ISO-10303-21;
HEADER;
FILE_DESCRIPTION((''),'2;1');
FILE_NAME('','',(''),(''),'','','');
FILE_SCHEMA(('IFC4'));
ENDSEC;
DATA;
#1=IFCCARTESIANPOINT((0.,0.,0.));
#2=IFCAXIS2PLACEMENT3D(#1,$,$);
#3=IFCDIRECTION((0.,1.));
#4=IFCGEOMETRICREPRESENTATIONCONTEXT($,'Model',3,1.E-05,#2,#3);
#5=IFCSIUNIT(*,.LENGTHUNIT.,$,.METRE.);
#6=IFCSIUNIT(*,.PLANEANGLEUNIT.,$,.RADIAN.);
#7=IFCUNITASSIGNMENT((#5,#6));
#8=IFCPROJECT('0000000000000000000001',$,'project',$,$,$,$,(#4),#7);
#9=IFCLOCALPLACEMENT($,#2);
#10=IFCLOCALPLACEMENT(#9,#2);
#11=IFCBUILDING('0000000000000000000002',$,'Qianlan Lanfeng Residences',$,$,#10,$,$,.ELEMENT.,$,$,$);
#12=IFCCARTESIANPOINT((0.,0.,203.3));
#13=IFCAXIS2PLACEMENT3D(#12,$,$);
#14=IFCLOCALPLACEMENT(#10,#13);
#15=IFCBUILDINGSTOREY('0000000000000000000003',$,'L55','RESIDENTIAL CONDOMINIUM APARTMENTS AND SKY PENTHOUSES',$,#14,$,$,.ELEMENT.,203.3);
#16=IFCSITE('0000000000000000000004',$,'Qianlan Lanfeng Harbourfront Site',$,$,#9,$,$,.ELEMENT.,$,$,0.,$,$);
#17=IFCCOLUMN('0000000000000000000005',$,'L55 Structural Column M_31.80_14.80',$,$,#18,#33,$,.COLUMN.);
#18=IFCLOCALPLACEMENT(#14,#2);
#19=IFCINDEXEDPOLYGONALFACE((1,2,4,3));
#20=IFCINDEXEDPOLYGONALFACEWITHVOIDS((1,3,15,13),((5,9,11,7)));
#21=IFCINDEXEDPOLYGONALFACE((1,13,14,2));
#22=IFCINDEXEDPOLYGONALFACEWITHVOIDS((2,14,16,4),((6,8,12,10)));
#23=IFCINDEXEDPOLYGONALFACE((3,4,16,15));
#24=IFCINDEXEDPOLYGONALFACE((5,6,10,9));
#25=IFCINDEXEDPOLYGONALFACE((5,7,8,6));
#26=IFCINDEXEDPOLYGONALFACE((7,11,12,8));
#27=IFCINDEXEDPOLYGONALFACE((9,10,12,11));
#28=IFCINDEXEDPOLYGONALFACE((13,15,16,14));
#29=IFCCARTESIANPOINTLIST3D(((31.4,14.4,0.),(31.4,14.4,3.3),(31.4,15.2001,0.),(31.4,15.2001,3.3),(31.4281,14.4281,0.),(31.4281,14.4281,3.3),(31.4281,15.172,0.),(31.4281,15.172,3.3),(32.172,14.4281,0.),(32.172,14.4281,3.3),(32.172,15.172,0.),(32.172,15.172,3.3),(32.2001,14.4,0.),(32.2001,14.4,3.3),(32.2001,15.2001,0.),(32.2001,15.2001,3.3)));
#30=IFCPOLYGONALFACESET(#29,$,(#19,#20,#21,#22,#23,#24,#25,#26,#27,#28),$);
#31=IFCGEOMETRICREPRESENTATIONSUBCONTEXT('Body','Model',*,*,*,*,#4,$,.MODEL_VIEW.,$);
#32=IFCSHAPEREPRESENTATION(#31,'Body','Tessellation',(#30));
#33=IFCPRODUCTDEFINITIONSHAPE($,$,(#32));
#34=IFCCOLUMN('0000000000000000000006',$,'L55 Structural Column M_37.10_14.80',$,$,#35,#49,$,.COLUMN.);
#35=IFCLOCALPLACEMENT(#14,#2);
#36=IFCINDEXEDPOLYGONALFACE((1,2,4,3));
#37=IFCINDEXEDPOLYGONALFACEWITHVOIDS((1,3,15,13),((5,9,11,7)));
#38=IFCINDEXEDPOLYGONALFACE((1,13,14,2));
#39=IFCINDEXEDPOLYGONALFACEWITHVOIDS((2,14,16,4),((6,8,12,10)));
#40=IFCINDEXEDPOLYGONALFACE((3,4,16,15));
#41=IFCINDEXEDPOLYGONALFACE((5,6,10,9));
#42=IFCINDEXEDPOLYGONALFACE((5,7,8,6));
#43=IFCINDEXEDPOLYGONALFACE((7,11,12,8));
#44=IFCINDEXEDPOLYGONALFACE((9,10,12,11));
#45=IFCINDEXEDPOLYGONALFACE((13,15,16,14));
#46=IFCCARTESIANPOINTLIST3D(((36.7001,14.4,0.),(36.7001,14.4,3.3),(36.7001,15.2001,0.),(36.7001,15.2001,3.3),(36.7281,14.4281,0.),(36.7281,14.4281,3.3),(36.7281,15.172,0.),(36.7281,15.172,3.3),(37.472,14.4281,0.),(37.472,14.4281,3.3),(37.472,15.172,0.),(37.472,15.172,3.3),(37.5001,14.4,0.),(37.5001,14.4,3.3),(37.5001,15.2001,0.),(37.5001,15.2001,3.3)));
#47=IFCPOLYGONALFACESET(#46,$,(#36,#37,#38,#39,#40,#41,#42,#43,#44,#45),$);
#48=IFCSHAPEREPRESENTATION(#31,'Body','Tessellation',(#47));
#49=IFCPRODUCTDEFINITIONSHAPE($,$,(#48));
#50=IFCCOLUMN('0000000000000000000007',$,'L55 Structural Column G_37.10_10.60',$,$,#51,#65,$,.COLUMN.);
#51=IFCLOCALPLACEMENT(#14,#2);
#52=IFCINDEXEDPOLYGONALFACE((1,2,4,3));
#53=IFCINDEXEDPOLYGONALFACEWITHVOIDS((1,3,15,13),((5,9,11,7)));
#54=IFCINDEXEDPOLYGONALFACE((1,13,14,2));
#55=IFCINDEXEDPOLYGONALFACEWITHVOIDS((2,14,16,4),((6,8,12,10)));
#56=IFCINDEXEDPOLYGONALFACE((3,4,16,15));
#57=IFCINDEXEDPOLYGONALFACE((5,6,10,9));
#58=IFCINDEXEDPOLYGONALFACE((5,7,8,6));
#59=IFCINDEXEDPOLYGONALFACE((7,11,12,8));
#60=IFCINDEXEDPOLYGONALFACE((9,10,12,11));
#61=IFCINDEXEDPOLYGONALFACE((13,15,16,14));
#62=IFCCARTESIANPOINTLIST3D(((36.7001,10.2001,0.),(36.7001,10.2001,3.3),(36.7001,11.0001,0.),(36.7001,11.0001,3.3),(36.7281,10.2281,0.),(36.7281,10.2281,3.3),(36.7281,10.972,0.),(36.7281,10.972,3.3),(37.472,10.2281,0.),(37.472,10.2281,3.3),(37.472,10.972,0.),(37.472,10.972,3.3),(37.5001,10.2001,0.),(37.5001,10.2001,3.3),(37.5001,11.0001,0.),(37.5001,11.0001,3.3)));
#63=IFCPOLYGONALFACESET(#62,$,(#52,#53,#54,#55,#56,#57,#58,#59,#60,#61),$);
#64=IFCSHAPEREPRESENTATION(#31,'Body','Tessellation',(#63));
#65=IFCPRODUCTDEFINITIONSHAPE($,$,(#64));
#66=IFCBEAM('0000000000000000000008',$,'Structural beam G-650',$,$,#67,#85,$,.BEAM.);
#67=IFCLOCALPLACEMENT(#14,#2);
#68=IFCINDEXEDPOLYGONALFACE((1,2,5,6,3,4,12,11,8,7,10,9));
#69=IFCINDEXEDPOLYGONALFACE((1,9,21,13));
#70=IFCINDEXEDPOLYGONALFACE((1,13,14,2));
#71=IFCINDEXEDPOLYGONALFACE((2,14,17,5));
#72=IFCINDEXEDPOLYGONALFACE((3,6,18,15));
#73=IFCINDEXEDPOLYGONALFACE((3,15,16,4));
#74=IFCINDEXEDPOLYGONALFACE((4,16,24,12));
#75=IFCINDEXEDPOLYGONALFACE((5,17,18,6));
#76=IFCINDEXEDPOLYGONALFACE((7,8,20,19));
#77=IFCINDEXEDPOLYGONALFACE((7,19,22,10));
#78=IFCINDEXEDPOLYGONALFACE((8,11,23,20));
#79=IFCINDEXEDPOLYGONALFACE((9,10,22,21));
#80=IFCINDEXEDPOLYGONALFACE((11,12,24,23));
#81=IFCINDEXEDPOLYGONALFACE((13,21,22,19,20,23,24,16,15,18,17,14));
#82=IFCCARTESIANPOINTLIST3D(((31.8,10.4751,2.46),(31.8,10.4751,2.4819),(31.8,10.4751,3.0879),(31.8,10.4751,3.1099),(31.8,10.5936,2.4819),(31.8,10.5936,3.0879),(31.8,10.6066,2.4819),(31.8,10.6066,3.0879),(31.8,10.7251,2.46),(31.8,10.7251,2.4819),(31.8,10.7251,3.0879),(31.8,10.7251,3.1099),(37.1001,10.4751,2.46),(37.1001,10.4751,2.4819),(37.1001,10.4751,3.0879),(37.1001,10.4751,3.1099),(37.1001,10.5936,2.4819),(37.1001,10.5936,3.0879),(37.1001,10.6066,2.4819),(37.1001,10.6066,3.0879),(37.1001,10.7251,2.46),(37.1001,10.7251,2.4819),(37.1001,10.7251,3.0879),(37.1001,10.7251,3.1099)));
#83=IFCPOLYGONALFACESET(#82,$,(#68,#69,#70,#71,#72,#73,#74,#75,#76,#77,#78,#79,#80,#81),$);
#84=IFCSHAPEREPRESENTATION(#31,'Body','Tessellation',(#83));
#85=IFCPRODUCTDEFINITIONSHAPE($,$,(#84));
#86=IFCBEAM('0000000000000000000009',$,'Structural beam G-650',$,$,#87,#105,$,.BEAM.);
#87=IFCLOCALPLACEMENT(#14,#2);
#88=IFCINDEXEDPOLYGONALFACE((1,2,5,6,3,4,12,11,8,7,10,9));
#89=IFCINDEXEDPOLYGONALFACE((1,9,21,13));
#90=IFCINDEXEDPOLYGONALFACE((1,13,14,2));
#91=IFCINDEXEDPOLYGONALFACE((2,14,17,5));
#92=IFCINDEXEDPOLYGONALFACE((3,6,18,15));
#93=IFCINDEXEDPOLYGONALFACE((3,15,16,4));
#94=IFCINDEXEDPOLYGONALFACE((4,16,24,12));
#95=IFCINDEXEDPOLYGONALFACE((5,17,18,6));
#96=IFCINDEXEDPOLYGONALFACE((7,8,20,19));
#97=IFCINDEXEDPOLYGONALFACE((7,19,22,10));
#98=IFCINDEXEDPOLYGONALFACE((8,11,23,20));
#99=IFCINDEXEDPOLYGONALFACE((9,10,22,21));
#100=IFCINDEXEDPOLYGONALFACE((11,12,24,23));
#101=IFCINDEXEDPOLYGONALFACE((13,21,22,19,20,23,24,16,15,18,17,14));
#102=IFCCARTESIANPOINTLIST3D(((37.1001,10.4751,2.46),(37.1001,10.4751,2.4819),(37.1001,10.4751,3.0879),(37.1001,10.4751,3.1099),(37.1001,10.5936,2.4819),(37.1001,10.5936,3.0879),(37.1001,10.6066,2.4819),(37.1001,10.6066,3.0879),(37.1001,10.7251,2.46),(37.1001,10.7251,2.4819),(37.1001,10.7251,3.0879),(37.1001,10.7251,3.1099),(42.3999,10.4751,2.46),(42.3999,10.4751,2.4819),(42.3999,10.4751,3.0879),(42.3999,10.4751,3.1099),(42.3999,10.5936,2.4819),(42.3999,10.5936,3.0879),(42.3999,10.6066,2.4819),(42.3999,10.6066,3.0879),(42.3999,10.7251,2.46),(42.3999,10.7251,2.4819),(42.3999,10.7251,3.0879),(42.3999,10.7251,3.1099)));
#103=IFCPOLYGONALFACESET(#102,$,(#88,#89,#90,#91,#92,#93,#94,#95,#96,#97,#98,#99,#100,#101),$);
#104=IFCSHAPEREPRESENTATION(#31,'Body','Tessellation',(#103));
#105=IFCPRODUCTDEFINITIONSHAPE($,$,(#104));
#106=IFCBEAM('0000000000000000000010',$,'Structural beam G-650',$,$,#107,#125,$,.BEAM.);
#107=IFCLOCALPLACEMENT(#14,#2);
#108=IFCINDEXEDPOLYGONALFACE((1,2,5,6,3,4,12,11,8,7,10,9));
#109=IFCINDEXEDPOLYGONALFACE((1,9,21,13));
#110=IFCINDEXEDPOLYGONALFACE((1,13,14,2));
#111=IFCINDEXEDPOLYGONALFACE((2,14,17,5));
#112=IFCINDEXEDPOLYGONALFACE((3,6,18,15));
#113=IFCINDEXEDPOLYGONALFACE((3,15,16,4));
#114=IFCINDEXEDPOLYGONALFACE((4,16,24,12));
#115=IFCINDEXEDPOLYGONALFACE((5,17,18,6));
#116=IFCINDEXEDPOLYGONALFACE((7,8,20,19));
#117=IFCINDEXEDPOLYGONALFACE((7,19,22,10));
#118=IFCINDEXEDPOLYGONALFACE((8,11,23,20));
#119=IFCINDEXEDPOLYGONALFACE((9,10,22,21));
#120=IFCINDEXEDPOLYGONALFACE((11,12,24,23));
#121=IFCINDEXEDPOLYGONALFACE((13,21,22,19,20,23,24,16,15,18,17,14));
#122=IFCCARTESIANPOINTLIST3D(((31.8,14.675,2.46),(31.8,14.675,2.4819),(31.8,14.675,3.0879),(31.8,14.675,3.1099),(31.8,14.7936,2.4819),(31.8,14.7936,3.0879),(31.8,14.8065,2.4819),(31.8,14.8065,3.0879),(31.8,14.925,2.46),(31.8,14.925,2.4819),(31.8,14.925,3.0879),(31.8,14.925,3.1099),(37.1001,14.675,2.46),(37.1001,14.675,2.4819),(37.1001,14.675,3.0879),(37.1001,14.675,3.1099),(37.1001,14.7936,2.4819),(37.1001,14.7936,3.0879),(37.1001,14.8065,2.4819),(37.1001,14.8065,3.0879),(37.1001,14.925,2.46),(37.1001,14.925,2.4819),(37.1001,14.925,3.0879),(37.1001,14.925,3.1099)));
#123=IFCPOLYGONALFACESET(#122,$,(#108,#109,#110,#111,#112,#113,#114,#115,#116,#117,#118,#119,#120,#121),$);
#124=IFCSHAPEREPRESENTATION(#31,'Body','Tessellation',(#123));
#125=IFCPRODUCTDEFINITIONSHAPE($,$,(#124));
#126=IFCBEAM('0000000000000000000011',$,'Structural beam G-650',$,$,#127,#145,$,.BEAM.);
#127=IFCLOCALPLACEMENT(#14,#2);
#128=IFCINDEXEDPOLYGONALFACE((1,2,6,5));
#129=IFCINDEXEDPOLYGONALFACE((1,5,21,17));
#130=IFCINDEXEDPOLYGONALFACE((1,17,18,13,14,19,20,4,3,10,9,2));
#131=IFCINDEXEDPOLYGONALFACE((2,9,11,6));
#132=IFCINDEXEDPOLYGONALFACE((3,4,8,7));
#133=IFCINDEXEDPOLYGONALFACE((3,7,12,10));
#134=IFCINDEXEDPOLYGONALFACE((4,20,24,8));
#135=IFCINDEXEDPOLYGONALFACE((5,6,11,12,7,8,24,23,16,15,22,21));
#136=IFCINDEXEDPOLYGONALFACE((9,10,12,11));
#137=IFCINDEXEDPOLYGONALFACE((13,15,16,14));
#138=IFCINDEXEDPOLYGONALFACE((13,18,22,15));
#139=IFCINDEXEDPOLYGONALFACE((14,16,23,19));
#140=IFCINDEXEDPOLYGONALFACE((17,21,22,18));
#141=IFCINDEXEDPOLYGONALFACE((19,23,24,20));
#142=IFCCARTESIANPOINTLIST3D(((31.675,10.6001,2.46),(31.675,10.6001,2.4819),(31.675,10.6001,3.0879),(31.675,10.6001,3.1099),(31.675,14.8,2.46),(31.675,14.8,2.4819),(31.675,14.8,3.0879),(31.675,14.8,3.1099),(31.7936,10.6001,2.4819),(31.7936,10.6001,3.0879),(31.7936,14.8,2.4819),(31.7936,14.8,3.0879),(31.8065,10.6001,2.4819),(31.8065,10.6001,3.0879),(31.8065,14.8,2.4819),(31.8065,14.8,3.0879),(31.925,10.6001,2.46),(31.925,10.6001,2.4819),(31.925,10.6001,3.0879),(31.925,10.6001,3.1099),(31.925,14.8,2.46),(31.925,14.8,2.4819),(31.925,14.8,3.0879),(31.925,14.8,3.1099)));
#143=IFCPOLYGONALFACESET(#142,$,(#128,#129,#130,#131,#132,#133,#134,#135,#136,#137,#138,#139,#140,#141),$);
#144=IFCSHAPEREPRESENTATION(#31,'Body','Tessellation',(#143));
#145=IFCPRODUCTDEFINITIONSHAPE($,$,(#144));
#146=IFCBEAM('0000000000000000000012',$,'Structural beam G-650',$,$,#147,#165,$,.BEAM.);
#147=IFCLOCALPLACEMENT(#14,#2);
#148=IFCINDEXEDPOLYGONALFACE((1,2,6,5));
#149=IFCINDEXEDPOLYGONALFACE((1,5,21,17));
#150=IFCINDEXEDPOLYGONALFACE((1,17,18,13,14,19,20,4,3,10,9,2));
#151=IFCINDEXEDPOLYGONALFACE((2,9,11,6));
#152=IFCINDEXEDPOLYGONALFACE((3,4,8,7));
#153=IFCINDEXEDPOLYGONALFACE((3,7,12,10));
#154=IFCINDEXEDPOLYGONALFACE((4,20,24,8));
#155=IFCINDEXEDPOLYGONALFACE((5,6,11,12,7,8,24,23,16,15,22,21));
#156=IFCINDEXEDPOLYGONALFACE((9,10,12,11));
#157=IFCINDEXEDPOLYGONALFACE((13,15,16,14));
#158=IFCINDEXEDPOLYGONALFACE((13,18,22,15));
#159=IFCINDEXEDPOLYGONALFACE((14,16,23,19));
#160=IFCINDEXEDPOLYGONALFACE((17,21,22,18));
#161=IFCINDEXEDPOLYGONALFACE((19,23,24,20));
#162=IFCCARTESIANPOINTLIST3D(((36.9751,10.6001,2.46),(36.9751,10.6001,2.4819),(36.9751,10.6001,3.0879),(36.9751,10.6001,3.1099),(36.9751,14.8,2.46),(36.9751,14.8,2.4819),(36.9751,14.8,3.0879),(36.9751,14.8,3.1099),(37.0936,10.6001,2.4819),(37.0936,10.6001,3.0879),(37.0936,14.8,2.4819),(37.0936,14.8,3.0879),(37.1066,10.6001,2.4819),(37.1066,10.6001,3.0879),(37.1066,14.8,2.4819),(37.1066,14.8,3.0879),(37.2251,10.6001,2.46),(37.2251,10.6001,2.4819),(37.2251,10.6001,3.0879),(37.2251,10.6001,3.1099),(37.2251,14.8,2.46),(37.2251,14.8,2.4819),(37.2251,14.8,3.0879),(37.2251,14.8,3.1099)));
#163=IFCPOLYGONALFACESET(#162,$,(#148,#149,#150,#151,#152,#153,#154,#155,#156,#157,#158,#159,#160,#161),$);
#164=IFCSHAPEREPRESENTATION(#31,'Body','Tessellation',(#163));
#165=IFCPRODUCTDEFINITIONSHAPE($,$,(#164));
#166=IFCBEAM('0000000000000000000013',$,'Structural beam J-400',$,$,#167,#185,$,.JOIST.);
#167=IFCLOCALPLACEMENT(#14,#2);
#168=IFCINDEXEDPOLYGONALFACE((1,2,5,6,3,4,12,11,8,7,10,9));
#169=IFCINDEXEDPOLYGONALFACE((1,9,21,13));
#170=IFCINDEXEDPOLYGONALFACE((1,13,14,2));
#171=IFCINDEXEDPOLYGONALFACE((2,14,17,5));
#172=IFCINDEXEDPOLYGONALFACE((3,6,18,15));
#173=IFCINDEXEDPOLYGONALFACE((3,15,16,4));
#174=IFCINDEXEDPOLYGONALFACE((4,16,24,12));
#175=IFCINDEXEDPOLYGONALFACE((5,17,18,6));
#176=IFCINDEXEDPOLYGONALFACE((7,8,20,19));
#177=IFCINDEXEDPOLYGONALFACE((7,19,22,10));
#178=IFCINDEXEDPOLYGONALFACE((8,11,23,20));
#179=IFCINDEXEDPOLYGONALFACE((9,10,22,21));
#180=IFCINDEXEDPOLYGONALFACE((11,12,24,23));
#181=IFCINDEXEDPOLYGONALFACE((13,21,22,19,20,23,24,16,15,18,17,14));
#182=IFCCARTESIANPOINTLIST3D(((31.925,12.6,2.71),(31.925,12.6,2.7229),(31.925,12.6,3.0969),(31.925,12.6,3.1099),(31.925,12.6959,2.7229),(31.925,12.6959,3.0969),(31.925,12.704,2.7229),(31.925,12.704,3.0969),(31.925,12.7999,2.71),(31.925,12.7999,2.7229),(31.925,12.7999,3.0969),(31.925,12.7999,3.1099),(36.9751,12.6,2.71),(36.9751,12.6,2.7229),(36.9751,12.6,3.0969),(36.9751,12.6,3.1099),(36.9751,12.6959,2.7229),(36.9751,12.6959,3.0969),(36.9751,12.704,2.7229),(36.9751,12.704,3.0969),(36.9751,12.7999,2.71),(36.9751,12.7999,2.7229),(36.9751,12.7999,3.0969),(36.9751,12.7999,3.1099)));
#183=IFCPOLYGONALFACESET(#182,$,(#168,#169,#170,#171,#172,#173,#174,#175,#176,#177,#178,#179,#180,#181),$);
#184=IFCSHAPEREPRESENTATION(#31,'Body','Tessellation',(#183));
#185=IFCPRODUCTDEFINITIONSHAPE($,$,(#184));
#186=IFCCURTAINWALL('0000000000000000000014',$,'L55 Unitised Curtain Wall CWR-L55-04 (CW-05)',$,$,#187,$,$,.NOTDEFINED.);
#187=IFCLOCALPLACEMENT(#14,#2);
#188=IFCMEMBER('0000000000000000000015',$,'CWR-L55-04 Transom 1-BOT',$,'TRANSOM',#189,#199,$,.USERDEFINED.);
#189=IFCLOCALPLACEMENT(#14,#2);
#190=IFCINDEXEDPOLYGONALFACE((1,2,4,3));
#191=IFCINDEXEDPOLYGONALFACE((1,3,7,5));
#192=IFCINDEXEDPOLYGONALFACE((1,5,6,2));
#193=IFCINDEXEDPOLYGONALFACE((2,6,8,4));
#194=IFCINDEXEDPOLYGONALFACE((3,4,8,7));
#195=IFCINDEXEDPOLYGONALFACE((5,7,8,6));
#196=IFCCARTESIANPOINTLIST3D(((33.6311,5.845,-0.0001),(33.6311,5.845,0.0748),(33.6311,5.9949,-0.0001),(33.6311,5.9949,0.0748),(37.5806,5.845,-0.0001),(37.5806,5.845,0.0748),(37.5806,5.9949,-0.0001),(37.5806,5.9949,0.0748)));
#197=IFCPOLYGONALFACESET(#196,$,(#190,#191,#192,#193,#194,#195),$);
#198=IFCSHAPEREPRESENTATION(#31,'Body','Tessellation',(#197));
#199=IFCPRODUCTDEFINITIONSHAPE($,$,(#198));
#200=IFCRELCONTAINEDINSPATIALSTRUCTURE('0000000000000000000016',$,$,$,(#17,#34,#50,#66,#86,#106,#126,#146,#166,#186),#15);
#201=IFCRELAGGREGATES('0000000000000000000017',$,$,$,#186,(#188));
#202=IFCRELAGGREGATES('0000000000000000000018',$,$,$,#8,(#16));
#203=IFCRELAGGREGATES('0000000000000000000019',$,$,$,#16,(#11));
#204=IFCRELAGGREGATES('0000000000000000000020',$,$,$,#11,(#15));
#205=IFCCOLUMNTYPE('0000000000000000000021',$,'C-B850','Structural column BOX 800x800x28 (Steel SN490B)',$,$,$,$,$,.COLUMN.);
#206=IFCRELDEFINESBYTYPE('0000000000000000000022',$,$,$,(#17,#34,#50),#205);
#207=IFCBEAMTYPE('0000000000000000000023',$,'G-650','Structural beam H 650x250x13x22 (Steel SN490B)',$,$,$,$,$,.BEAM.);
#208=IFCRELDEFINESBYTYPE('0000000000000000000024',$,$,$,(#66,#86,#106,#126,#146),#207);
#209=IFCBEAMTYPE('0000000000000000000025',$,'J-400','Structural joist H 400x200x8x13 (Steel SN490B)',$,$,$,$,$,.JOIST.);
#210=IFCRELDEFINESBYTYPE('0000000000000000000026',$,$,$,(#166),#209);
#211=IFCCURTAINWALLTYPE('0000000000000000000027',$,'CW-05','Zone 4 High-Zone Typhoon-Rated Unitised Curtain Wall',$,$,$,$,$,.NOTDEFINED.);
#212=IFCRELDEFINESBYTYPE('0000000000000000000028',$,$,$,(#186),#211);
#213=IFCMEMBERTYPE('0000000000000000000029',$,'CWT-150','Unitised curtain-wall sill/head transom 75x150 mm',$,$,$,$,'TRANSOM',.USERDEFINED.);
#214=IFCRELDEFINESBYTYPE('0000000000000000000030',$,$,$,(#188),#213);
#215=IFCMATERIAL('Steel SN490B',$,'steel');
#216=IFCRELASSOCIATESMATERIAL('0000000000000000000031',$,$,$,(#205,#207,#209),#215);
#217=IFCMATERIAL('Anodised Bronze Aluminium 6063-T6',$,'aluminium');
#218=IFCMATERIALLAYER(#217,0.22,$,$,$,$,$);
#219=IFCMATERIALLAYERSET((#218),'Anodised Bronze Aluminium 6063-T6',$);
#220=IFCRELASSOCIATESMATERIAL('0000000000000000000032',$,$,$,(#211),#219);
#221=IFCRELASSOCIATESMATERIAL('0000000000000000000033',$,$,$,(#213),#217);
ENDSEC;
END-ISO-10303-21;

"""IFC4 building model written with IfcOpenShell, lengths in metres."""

from ifc_helpers import new_model, si_unit, direction, frame, origin, origin_2d, place, context, subcontext, project, spatial, rectangle, hollow_rectangle, i_section, extrude, source, transform, mapped, material, layer, layer_set, material_profile, profile_set, type_object, element, aggregate, save


model = new_model("IFC4")

# Units and contexts
model_context = context("Model", 3, precision=1e-05, world=origin(), true_north=direction((0.0, 1.0)))
body_context = subcontext(model_context, "Body", "Model", "MODEL_VIEW")
ifc_project = project(units=[si_unit("LENGTHUNIT", "METRE"), si_unit("PLANEANGLEUNIT", "RADIAN")], contexts=[model_context])

# Site, building, storey
site_placement = place(None, origin())
site = spatial("IfcSite", under=ifc_project, at=site_placement, Name="Qianlan Lanfeng Harbourfront Site", CompositionType="ELEMENT", RefElevation=0.0)
building_placement = place(site_placement, origin())
building = spatial("IfcBuilding", under=site, at=building_placement, Name="Qianlan Lanfeng Residences", CompositionType="ELEMENT")
storey_placement = place(building_placement, frame((0.0, 0.0, 203.3)))
storey = spatial("IfcBuildingStorey", under=building, at=storey_placement, Name="L55", Description="RESIDENTIAL CONDOMINIUM APARTMENTS AND SKY PENTHOUSES", CompositionType="ELEMENT", Elevation=203.3)

# Columns
ifc_material_1 = material(Name="Steel SN490B", Category="steel")
ifc_material_profile_1 = material_profile(ifc_material_1, hollow_rectangle(XDim=0.8, YDim=0.8, WallThickness=0.0281, at=origin_2d()), Name="BOX 800x800x28")
ifc_profile_set_1 = profile_set([ifc_material_profile_1], Name="Steel SN490B")
column_type = type_object("IfcColumnType", Name="C-B850", Description="Structural column BOX 800x800x28 (Steel SN490B)", PredefinedType="COLUMN", material=ifc_profile_set_1)
for number, where, z_axis, x_axis, name in (
    (1, (31.8, 14.8, 0.0), (0.0, 0.0, 1.0), (1.0, 0.0, 0.0), "L55 Structural Column M_31.80_14.80"),
    (2, (37.1001, 14.8, 0.0), (0.0, 0.0, 1.0), (1.0, 0.0, 0.0), "L55 Structural Column M_37.10_14.80"),
    (3, (37.1001, 10.6001, 0.0), (0.0, 0.0, 1.0), (1.0, 0.0, 0.0), "L55 Structural Column G_37.10_10.60"),
):
    element("IfcColumn", number, at=place(storey_placement, frame(where, z_axis=z_axis, x_axis=x_axis)), inside=storey, type_object=column_type, Name=name, PredefinedType="COLUMN", context=body_context, shape_type="SweptSolid", body=[
        extrude(hollow_rectangle(XDim=0.8, YDim=0.8, WallThickness=0.0281, at=origin_2d()), origin(), (0.0, 0.0, 1.0), 3.3),
    ])

# Beams
ifc_material_profile_2 = material_profile(ifc_material_1, i_section(OverallWidth=0.25, OverallDepth=0.6499, WebThickness=0.0129, FlangeThickness=0.022, at=origin_2d()), Name="H 650x250x13x22")
ifc_profile_set_2 = profile_set([ifc_material_profile_2], Name="Steel SN490B")
beam_type_1 = type_object("IfcBeamType", Name="G-650", Description="Structural beam H 650x250x13x22 (Steel SN490B)", PredefinedType="BEAM", material=ifc_profile_set_2)
beam_1_placement = place(storey_placement, frame((31.8, 10.6001, 2.7849), z_axis=(1.0, 0.0, 0.0), x_axis=(0.0, 1.0, 0.0)))
element("IfcBeam", 4, at=beam_1_placement, inside=storey, type_object=beam_type_1, Name="Structural beam G-650", PredefinedType="BEAM", context=body_context, shape_type="SweptSolid", body=[
    extrude(i_section(OverallWidth=0.25, OverallDepth=0.6499, WebThickness=0.0129, FlangeThickness=0.022, at=origin_2d()), origin(), (0.0, 0.0, 1.0), 5.3),
])
beam_2_placement = place(storey_placement, frame((37.1001, 10.6001, 2.7849), z_axis=(1.0, 0.0, 0.0), x_axis=(0.0, 1.0, 0.0)))
element("IfcBeam", 5, at=beam_2_placement, inside=storey, type_object=beam_type_1, Name="Structural beam G-650", PredefinedType="BEAM", context=body_context, shape_type="SweptSolid", body=[
    extrude(i_section(OverallWidth=0.25, OverallDepth=0.6499, WebThickness=0.0129, FlangeThickness=0.022, at=origin_2d()), origin(), (0.0, 0.0, 1.0), 5.2998),
])
beam_3_placement = place(storey_placement, frame((31.8, 14.8, 2.7849), z_axis=(1.0, 0.0, 0.0), x_axis=(0.0, 1.0, 0.0)))
element("IfcBeam", 6, at=beam_3_placement, inside=storey, type_object=beam_type_1, Name="Structural beam G-650", PredefinedType="BEAM", context=body_context, shape_type="SweptSolid", body=[
    extrude(i_section(OverallWidth=0.25, OverallDepth=0.6499, WebThickness=0.0129, FlangeThickness=0.022, at=origin_2d()), origin(), (0.0, 0.0, 1.0), 5.3),
])
for number, where, z_axis, x_axis, name in (
    (7, (31.8, 10.6001, 2.7849), (0.0, 1.0, 0.0), (-1.0, 0.0, 0.0), "Structural beam G-650"),
    (8, (37.1001, 10.6001, 2.7849), (0.0, 1.0, 0.0), (-1.0, 0.0, 0.0), "Structural beam G-650"),
):
    element("IfcBeam", number, at=place(storey_placement, frame(where, z_axis=z_axis, x_axis=x_axis)), inside=storey, type_object=beam_type_1, Name=name, PredefinedType="BEAM", context=body_context, shape_type="SweptSolid", body=[
        extrude(i_section(OverallWidth=0.25, OverallDepth=0.6499, WebThickness=0.0129, FlangeThickness=0.022, at=origin_2d()), origin(), (0.0, 0.0, 1.0), 4.2),
    ])
ifc_material_profile_3 = material_profile(ifc_material_1, i_section(OverallWidth=0.2, OverallDepth=0.3999, WebThickness=0.0081, FlangeThickness=0.0129, at=origin_2d()), Name="H 400x200x8x13")
ifc_profile_set_3 = profile_set([ifc_material_profile_3], Name="Steel SN490B")
beam_type_2 = type_object("IfcBeamType", Name="J-400", Description="Structural joist H 400x200x8x13 (Steel SN490B)", PredefinedType="JOIST", material=ifc_profile_set_3)
beam_4_placement = place(storey_placement, frame((31.925, 12.7, 2.9099), z_axis=(1.0, 0.0, 0.0), x_axis=(0.0, 1.0, 0.0)))
element("IfcBeam", 9, at=beam_4_placement, inside=storey, type_object=beam_type_2, Name="Structural beam J-400", PredefinedType="JOIST", context=body_context, shape_type="SweptSolid", body=[
    extrude(i_section(OverallWidth=0.2, OverallDepth=0.3999, WebThickness=0.0081, FlangeThickness=0.0129, at=origin_2d()), origin(), (0.0, 0.0, 1.0), 5.05),
])

# Curtain wall, member
ifc_material_2 = material(Name="Anodised Bronze Aluminium 6063-T6", Category="aluminium")
ifc_layer_1 = layer(ifc_material_2, 0.22)
ifc_layer_set_1 = layer_set([ifc_layer_1], Name="Anodised Bronze Aluminium 6063-T6")
curtain_wall_type = type_object("IfcCurtainWallType", Name="CW-05", Description="Zone 4 High-Zone Typhoon-Rated Unitised Curtain Wall", PredefinedType="NOTDEFINED", material=ifc_layer_set_1)
curtain_wall_1_placement = place(storey_placement, origin())
curtain_wall_1 = element("IfcCurtainWall", 10, at=curtain_wall_1_placement, inside=storey, type_object=curtain_wall_type, Name="L55 Unitised Curtain Wall CWR-L55-04 (CW-05)", PredefinedType="NOTDEFINED")
ifc_material_profile_4 = material_profile(ifc_material_2, rectangle(XDim=0.075, YDim=0.1499, at=origin_2d()), Name="ALU TRANSOM 75x150")
ifc_profile_set_4 = profile_set([ifc_material_profile_4], Name="Anodised Bronze Aluminium 6063-T6")
member_type_1 = type_object("IfcMemberType", Name="CWT-150", Description="Unitised curtain-wall sill/head transom 75x150 mm", ElementType="TRANSOM", PredefinedType="USERDEFINED", material=ifc_profile_set_4)
shared_shape_1 = source(origin(), body_context, "Body", "SweptSolid", [
    extrude(rectangle(XDim=0.075, YDim=0.1499, at=origin_2d()), origin(), (0.0, 0.0, 1.0), 3.9495),
])
member_1_placement = place(storey_placement, frame((33.6311, 5.9199, 0.0374), z_axis=(1.0, 0.0, 0.0), x_axis=(0.0, 0.0, 1.0)))
member_1 = element("IfcMember", 11, at=member_1_placement, type_object=member_type_1, Name="CWR-L55-04 Transom 1-BOT", ObjectType="TRANSOM", PredefinedType="USERDEFINED", context=body_context, shape_type="MappedRepresentation", body=[
    mapped(shared_shape_1, transform((0.0, 0.0, 0.0), scale=1.0)),
])

aggregate(curtain_wall_1, [member_1])

save(model, "model.ifc")
